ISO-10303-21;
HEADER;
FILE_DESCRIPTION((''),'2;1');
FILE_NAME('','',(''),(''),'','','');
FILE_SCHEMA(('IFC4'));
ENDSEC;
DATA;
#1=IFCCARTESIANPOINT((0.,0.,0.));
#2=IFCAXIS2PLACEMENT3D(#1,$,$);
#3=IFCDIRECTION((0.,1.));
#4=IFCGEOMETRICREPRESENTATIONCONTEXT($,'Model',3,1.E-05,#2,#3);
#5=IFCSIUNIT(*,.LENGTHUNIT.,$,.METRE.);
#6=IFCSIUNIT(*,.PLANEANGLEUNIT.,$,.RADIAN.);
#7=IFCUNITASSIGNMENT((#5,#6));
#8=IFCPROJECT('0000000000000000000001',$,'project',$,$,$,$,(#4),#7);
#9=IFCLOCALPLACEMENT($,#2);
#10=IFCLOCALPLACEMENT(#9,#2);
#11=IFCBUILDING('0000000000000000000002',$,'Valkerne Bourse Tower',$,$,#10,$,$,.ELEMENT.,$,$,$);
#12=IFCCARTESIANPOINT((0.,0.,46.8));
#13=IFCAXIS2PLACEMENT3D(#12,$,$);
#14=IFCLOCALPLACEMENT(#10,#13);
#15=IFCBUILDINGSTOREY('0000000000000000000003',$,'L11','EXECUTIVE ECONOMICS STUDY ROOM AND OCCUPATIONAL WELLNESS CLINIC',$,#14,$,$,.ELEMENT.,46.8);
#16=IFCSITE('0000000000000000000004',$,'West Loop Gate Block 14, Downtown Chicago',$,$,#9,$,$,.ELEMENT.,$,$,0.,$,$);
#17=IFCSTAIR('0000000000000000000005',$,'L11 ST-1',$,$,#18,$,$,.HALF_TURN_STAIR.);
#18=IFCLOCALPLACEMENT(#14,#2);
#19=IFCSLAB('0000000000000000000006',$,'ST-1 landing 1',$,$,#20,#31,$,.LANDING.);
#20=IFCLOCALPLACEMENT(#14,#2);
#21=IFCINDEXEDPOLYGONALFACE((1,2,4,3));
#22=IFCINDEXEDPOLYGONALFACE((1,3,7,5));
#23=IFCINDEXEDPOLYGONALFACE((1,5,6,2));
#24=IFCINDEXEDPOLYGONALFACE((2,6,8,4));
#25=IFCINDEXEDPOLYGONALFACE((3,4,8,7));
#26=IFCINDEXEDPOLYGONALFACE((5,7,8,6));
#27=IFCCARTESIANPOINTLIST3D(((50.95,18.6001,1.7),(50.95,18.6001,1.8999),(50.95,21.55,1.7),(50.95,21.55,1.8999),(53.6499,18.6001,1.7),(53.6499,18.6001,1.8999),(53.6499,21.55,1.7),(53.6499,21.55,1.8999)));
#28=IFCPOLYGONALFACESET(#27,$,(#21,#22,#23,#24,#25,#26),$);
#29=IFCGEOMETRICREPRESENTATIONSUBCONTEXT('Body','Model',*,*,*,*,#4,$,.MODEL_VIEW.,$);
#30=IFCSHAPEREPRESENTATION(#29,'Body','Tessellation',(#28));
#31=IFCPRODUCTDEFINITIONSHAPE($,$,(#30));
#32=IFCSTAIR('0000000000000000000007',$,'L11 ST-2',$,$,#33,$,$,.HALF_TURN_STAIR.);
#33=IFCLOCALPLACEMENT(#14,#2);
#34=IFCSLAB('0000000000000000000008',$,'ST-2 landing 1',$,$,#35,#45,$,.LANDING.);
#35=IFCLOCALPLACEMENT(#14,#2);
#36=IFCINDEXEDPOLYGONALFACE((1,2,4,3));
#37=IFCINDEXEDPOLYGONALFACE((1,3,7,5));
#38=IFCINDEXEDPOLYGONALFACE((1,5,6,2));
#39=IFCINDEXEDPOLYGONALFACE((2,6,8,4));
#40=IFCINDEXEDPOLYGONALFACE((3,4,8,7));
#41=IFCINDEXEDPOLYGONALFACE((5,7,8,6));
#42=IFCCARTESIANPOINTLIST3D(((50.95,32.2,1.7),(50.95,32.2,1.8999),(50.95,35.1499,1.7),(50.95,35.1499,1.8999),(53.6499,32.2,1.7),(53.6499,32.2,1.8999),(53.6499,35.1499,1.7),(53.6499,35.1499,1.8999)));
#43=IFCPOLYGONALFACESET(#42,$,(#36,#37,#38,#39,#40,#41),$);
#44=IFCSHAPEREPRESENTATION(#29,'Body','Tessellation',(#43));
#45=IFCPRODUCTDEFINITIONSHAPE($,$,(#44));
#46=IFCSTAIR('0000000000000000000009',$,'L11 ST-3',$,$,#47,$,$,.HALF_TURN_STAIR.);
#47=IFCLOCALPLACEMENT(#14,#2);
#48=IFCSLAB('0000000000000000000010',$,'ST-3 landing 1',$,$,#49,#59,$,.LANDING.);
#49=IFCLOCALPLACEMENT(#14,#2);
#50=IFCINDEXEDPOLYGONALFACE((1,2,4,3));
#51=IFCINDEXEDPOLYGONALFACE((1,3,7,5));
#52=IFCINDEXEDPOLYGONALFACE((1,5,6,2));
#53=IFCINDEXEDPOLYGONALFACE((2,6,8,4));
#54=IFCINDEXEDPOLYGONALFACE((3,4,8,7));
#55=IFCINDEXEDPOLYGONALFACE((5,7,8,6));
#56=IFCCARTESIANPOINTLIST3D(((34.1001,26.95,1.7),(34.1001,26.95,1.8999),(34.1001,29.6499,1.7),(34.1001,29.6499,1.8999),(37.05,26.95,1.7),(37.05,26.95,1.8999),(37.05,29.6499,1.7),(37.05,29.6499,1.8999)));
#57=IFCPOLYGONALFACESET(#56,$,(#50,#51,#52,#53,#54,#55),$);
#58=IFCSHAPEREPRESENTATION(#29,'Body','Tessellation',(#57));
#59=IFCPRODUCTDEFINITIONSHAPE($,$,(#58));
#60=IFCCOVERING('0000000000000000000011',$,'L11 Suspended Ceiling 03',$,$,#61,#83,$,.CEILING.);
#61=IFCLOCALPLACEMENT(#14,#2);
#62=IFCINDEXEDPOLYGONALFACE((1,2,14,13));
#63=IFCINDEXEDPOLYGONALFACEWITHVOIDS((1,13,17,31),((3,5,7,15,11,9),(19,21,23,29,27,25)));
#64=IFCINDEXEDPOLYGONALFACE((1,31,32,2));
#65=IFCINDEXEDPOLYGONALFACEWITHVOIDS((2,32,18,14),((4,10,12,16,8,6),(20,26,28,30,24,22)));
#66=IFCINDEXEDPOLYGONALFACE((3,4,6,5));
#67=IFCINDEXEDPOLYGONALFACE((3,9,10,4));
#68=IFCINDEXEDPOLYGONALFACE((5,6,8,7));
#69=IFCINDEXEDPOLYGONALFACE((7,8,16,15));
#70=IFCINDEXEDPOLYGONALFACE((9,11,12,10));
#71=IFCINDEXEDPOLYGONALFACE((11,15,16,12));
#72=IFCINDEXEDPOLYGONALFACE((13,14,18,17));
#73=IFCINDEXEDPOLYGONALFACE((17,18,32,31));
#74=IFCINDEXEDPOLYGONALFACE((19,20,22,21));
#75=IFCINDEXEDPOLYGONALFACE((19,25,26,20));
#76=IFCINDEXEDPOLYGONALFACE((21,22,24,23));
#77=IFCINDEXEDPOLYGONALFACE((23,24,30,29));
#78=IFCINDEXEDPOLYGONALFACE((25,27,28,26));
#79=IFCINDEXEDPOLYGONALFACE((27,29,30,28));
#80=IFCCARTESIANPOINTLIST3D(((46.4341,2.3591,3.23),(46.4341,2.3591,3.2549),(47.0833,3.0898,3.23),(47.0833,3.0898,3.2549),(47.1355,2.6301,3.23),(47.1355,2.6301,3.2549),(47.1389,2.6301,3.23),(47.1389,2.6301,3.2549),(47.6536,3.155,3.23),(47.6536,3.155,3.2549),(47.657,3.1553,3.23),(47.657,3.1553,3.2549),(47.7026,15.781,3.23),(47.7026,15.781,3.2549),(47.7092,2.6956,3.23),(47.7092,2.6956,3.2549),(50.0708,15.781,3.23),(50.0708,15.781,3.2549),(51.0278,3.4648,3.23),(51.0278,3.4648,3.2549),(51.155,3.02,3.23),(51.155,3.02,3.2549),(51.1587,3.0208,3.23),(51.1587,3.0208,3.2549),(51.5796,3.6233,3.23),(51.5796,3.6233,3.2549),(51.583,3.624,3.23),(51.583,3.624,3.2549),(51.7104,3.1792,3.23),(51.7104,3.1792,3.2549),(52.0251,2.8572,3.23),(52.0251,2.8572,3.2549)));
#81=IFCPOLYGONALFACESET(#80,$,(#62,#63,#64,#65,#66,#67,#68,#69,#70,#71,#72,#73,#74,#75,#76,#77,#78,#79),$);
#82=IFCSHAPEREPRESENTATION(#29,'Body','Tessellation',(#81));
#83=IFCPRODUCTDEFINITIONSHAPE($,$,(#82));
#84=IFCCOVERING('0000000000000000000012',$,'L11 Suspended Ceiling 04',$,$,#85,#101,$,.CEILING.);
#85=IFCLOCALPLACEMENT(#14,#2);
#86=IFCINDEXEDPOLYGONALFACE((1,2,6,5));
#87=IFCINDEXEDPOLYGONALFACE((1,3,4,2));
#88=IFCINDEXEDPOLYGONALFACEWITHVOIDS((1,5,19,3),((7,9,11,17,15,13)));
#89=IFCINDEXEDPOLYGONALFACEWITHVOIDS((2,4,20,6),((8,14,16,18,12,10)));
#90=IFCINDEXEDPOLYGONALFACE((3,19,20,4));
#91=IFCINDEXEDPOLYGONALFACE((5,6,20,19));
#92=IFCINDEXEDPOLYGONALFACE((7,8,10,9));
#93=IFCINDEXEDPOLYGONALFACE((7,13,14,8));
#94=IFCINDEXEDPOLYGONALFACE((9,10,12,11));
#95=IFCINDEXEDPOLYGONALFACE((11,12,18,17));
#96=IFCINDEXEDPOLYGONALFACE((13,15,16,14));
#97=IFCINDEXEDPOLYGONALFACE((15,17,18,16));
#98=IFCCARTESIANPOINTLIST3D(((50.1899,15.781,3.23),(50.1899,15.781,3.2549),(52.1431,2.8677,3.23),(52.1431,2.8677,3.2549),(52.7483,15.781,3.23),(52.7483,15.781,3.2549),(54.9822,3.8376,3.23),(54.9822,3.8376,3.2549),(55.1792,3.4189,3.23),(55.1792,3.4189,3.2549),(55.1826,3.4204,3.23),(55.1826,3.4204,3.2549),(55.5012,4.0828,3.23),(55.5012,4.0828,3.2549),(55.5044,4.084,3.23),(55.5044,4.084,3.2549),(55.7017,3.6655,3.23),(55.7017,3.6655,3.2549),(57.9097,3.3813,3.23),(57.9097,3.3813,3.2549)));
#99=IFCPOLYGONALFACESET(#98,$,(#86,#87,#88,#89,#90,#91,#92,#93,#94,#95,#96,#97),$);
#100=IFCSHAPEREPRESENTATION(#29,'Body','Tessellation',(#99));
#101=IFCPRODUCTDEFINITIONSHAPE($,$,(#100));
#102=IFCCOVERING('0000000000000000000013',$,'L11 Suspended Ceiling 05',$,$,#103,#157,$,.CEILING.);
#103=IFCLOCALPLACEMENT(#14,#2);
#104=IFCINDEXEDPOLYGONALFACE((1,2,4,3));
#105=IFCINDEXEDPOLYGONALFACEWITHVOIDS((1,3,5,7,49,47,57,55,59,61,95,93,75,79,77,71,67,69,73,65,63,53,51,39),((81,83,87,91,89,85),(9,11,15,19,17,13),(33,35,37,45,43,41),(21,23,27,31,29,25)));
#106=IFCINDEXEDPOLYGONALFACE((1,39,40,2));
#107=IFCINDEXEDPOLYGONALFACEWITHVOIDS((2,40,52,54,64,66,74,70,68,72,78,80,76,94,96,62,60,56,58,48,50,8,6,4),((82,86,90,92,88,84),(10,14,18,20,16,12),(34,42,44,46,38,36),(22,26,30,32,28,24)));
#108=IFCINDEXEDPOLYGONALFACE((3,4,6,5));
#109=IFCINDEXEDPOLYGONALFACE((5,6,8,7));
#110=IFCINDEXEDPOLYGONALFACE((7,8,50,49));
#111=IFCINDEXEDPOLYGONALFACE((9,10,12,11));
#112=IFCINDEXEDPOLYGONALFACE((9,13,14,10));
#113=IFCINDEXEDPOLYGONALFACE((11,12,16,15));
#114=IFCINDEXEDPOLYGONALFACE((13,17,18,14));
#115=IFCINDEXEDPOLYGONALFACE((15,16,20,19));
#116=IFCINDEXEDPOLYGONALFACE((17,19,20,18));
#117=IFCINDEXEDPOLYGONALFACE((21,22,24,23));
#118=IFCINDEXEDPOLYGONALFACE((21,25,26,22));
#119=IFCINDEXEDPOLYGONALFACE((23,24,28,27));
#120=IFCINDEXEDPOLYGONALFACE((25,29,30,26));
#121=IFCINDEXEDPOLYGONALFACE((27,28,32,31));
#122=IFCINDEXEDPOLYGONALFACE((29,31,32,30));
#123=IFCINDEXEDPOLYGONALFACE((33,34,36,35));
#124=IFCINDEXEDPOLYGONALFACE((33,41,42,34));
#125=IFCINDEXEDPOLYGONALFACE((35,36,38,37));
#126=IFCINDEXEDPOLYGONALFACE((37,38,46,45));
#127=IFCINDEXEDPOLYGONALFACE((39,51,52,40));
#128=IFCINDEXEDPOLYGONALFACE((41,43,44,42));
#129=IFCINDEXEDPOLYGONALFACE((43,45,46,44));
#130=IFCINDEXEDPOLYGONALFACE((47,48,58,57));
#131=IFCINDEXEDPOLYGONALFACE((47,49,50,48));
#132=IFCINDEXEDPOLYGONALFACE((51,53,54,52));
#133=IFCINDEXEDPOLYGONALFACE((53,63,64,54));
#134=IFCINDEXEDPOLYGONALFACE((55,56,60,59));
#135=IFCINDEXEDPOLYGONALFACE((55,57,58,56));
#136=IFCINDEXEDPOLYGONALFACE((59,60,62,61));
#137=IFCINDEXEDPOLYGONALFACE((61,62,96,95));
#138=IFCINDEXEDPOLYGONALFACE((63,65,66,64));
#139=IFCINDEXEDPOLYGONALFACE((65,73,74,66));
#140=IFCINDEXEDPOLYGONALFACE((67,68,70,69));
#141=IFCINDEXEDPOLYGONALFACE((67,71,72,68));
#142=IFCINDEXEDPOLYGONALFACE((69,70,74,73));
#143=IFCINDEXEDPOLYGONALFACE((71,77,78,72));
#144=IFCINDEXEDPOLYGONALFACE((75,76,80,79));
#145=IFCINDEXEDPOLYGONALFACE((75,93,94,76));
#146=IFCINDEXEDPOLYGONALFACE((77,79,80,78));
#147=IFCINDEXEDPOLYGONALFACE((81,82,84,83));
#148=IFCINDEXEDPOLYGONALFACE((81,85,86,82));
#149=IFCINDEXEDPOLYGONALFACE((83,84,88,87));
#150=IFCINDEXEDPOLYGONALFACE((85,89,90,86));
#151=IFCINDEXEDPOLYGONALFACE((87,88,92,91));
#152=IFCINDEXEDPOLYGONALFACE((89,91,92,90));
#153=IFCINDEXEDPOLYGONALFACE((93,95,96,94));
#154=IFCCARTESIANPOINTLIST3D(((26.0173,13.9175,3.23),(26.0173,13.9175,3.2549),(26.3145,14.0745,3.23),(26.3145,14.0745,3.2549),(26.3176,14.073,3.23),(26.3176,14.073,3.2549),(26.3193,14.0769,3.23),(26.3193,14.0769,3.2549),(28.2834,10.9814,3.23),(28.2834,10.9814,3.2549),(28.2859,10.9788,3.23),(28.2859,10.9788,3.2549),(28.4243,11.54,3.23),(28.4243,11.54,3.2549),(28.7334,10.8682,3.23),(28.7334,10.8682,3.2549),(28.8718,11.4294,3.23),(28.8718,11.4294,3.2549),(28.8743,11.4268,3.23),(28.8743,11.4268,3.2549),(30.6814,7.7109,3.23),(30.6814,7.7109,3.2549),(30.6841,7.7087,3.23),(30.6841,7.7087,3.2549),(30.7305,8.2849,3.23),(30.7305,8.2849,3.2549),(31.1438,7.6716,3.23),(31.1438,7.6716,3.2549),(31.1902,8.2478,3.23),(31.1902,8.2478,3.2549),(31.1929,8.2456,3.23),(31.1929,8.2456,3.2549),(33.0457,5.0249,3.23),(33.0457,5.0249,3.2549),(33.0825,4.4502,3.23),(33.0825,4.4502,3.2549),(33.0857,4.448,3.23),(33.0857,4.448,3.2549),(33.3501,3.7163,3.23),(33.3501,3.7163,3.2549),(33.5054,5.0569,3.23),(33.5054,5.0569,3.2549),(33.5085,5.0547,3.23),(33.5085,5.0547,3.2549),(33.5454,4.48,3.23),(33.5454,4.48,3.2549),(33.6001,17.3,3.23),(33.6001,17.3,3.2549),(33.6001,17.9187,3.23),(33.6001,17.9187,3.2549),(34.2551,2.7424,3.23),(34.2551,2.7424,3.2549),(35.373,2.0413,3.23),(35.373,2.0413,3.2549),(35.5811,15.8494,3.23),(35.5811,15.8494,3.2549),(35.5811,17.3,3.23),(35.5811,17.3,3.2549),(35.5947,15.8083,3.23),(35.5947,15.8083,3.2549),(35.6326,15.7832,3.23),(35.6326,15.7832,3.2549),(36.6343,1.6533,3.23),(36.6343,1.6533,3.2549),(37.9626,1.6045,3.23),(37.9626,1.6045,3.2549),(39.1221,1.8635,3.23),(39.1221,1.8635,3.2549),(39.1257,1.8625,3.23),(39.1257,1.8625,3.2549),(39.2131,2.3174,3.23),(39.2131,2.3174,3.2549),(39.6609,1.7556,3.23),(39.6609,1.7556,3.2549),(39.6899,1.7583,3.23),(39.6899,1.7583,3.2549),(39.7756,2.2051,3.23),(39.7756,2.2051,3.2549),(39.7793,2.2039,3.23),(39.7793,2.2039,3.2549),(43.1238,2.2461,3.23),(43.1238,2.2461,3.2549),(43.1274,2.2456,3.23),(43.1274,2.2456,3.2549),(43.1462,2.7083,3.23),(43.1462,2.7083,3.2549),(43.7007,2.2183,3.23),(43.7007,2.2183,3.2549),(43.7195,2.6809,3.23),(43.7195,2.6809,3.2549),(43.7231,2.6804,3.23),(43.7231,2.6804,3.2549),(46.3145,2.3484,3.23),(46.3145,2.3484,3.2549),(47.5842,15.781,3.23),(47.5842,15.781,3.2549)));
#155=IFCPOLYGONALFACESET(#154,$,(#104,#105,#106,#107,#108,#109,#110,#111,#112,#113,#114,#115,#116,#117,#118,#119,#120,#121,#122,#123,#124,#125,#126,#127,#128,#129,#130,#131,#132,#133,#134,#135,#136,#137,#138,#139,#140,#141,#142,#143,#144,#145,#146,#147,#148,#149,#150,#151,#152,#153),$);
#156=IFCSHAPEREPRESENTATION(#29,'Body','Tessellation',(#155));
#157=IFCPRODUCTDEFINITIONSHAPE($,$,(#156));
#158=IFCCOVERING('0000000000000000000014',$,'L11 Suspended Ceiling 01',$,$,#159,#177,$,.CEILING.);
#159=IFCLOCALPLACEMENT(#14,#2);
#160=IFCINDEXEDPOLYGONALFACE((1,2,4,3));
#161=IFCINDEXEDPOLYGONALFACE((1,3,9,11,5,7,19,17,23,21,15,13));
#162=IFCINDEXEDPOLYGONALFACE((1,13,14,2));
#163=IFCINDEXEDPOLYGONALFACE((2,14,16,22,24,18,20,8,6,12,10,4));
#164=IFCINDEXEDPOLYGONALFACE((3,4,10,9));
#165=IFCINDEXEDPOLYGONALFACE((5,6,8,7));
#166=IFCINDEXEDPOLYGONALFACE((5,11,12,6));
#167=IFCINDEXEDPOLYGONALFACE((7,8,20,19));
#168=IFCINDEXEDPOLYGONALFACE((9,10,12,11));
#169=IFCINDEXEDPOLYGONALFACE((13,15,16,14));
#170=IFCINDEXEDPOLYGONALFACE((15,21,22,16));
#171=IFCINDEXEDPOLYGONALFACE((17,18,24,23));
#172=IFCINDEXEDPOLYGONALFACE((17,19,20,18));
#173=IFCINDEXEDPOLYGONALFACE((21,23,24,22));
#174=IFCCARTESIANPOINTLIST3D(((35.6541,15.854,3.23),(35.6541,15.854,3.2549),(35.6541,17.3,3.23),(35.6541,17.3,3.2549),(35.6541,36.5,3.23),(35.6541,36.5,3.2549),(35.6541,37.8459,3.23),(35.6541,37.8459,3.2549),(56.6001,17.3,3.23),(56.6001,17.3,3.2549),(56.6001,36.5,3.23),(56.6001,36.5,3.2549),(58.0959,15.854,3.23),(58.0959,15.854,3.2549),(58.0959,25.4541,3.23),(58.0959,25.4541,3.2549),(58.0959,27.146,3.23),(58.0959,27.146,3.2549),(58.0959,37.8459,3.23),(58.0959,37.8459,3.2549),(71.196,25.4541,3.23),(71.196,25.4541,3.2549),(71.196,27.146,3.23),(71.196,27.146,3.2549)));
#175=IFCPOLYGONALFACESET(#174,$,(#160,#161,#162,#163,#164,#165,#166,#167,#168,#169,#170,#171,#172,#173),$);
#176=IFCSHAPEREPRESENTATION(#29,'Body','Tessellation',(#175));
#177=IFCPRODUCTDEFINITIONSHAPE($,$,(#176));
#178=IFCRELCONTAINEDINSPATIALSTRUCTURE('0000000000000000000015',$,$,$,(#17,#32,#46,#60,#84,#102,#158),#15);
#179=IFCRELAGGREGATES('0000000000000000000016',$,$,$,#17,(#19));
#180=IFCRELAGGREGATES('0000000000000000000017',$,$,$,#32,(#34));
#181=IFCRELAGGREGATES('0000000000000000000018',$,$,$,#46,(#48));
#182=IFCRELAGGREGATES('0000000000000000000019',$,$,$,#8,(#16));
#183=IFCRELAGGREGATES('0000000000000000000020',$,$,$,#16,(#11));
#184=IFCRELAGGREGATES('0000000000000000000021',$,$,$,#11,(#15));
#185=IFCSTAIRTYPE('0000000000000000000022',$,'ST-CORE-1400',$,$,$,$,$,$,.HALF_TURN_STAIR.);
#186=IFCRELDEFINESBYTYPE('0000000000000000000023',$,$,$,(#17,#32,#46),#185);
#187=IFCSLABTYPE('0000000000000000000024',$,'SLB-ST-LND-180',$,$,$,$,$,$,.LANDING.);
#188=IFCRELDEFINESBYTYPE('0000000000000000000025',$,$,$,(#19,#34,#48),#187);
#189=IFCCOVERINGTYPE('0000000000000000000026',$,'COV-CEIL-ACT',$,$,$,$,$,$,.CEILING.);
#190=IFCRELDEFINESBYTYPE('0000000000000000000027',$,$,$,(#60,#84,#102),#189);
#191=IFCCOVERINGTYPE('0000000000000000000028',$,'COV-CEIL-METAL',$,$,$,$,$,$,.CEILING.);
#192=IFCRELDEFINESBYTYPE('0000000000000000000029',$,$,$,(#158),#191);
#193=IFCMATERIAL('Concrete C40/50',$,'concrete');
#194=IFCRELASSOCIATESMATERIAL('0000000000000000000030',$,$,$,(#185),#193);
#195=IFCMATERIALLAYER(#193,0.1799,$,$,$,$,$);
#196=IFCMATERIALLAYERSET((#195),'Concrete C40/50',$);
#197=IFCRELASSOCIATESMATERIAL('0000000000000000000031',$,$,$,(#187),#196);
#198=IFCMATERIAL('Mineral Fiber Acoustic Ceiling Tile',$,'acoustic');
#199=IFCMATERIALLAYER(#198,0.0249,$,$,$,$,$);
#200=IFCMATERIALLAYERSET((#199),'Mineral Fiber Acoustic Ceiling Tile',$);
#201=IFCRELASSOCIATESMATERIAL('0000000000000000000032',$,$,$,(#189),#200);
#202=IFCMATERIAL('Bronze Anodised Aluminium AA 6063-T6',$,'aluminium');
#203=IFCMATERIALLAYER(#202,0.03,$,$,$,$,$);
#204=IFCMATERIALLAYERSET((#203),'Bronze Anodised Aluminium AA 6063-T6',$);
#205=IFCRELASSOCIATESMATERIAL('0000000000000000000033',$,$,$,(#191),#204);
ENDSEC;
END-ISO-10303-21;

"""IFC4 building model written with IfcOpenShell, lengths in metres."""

from ifc_helpers import new_model, si_unit, direction, frame, origin, place, context, subcontext, project, spatial, polyline, outline, extrude, material, layer, layer_set, type_object, element, aggregate, save


model = new_model("IFC4")

# Units and contexts
model_context = context("Model", 3, precision=1e-05, world=origin(), true_north=direction((0.0, 1.0)))
body_context = subcontext(model_context, "Body", "Model", "MODEL_VIEW")
ifc_project = project(units=[si_unit("LENGTHUNIT", "METRE"), si_unit("PLANEANGLEUNIT", "RADIAN")], contexts=[model_context])

# Site, building, storey
site_placement = place(None, origin())
site = spatial("IfcSite", under=ifc_project, at=site_placement, Name="West Loop Gate Block 14, Downtown Chicago", CompositionType="ELEMENT", RefElevation=0.0)
building_placement = place(site_placement, origin())
building = spatial("IfcBuilding", under=site, at=building_placement, Name="Valkerne Bourse Tower", CompositionType="ELEMENT")
storey_placement = place(building_placement, frame((0.0, 0.0, 46.8)))
storey = spatial("IfcBuildingStorey", under=building, at=storey_placement, Name="L11", Description="EXECUTIVE ECONOMICS STUDY ROOM AND OCCUPATIONAL WELLNESS CLINIC", CompositionType="ELEMENT", Elevation=46.8)

# Stairs, slabs
ifc_material_1 = material(Name="Concrete C40/50", Category="concrete")
stair_type = type_object("IfcStairType", Name="ST-CORE-1400", PredefinedType="HALF_TURN_STAIR", material=ifc_material_1)
stair_1_placement = place(storey_placement, origin())
stair_1 = element("IfcStair", 1, at=stair_1_placement, inside=storey, type_object=stair_type, Name="L11 ST-1", PredefinedType="HALF_TURN_STAIR")
ifc_layer_1 = layer(ifc_material_1, 0.1799)
ifc_layer_set_1 = layer_set([ifc_layer_1], Name="Concrete C40/50")
slab_type = type_object("IfcSlabType", Name="SLB-ST-LND-180", PredefinedType="LANDING", material=ifc_layer_set_1)
slab_1_placement = place(storey_placement, frame((0.0, 0.0, 1.7)))
slab_1 = element("IfcSlab", 2, at=slab_1_placement, type_object=slab_type, Name="ST-1 landing 1", PredefinedType="LANDING", context=body_context, shape_type="SweptSolid", body=[
    extrude(outline(polyline([(50.95, 18.6001), (53.6499, 18.6001), (53.6499, 21.55), (50.95, 21.55), (50.95, 18.6001)])), origin(), (0.0, 0.0, 1.0), 0.2),
])
aggregate(stair_1, [slab_1])
stair_2_placement = place(storey_placement, origin())
stair_2 = element("IfcStair", 3, at=stair_2_placement, inside=storey, type_object=stair_type, Name="L11 ST-2", PredefinedType="HALF_TURN_STAIR")
slab_2_placement = place(storey_placement, frame((0.0, 0.0, 1.7)))
slab_2 = element("IfcSlab", 4, at=slab_2_placement, type_object=slab_type, Name="ST-2 landing 1", PredefinedType="LANDING", context=body_context, shape_type="SweptSolid", body=[
    extrude(outline(polyline([(50.95, 32.2), (53.6499, 32.2), (53.6499, 35.1499), (50.95, 35.1499), (50.95, 32.2)])), origin(), (0.0, 0.0, 1.0), 0.2),
])
aggregate(stair_2, [slab_2])
stair_3_placement = place(storey_placement, origin())
stair_3 = element("IfcStair", 5, at=stair_3_placement, inside=storey, type_object=stair_type, Name="L11 ST-3", PredefinedType="HALF_TURN_STAIR")
slab_3_placement = place(storey_placement, frame((0.0, 0.0, 1.7)))
slab_3 = element("IfcSlab", 6, at=slab_3_placement, type_object=slab_type, Name="ST-3 landing 1", PredefinedType="LANDING", context=body_context, shape_type="SweptSolid", body=[
    extrude(outline(polyline([(37.05, 26.95), (37.05, 29.6499), (34.1001, 29.6499), (34.1001, 26.95), (37.05, 26.95)])), origin(), (0.0, 0.0, 1.0), 0.2),
])
aggregate(stair_3, [slab_3])

# Coverings
ifc_material_2 = material(Name="Mineral Fiber Acoustic Ceiling Tile", Category="acoustic")
ifc_layer_2 = layer(ifc_material_2, 0.0249)
ifc_layer_set_2 = layer_set([ifc_layer_2], Name="Mineral Fiber Acoustic Ceiling Tile")
covering_type_1 = type_object("IfcCoveringType", Name="COV-CEIL-ACT", PredefinedType="CEILING", material=ifc_layer_set_2)
covering_1_placement = place(storey_placement, frame((0.0, 0.0, 3.23)))
element("IfcCovering", 7, at=covering_1_placement, inside=storey, type_object=covering_type_1, Name="L11 Suspended Ceiling 03", PredefinedType="CEILING", context=body_context, shape_type="SweptSolid", body=[
    extrude(outline(polyline([(50.0708, 15.781), (52.0251, 2.8572), (46.4341, 2.3591), (47.7026, 15.781), (50.0708, 15.781)]), holes=[polyline([(47.1389, 2.6301), (47.7092, 2.6956), (47.657, 3.1553), (47.6536, 3.155), (47.0833, 3.0898), (47.1355, 2.6301), (47.1389, 2.6301)]), polyline([(51.1587, 3.0208), (51.7104, 3.1792), (51.583, 3.624), (51.5796, 3.6233), (51.0278, 3.4648), (51.155, 3.02), (51.1587, 3.0208)])]), origin(), (0.0, 0.0, 1.0), 0.0249),
])
covering_2_placement = place(storey_placement, frame((0.0, 0.0, 3.23)))
element("IfcCovering", 8, at=covering_2_placement, inside=storey, type_object=covering_type_1, Name="L11 Suspended Ceiling 04", PredefinedType="CEILING", context=body_context, shape_type="SweptSolid", body=[
    extrude(outline(polyline([(52.7483, 15.781), (57.9097, 3.3813), (52.1431, 2.8677), (50.1899, 15.781), (52.7483, 15.781)]), holes=[polyline([(55.7017, 3.6655), (55.5044, 4.084), (55.5012, 4.0828), (54.9822, 3.8376), (55.1792, 3.4189), (55.1826, 3.4204), (55.7017, 3.6655)])]), origin(), (0.0, 0.0, 1.0), 0.0249),
])
covering_3_placement = place(storey_placement, frame((0.0, 0.0, 3.23)))
element("IfcCovering", 9, at=covering_3_placement, inside=storey, type_object=covering_type_1, Name="L11 Suspended Ceiling 05", PredefinedType="CEILING", context=body_context, shape_type="SweptSolid", body=[
    extrude(outline(polyline([(35.373, 2.0413), (34.2551, 2.7424), (33.3501, 3.7163), (26.0173, 13.9175), (26.3145, 14.0745), (26.3176, 14.073), (26.3193, 14.0769), (33.6001, 17.9187), (33.6001, 17.3), (35.5811, 17.3), (35.5811, 15.8494), (35.5947, 15.8083), (35.6326, 15.7832), (47.5842, 15.781), (46.3145, 2.3484), (39.6899, 1.7583), (39.7793, 2.2039), (39.7756, 2.2051), (39.2131, 2.3174), (39.1221, 1.8635), (39.1257, 1.8625), (39.6609, 1.7556), (37.9626, 1.6045), (36.6343, 1.6533), (35.373, 2.0413)]), holes=[polyline([(33.5085, 5.0547), (33.5054, 5.0569), (33.0457, 5.0249), (33.0825, 4.4502), (33.0857, 4.448), (33.5454, 4.48), (33.5085, 5.0547)]), polyline([(31.1902, 8.2478), (30.7305, 8.2849), (30.6814, 7.7109), (30.6841, 7.7087), (31.1438, 7.6716), (31.1929, 8.2456), (31.1902, 8.2478)]), polyline([(28.8743, 11.4268), (28.8718, 11.4294), (28.4243, 11.54), (28.2834, 10.9814), (28.2859, 10.9788), (28.7334, 10.8682), (28.8743, 11.4268)]), polyline([(43.7195, 2.6809), (43.1462, 2.7083), (43.1238, 2.2461), (43.1274, 2.2456), (43.7007, 2.2183), (43.7231, 2.6804), (43.7195, 2.6809)])]), origin(), (0.0, 0.0, 1.0), 0.0249),
])
ifc_material_3 = material(Name="Bronze Anodised Aluminium AA 6063-T6", Category="aluminium")
ifc_layer_3 = layer(ifc_material_3, 0.03)
ifc_layer_set_3 = layer_set([ifc_layer_3], Name="Bronze Anodised Aluminium AA 6063-T6")
covering_type_2 = type_object("IfcCoveringType", Name="COV-CEIL-METAL", PredefinedType="CEILING", material=ifc_layer_set_3)
covering_4_placement = place(storey_placement, frame((0.0, 0.0, 3.23)))
element("IfcCovering", 10, at=covering_4_placement, inside=storey, type_object=covering_type_2, Name="L11 Suspended Ceiling 01", PredefinedType="CEILING", context=body_context, shape_type="SweptSolid", body=[
    extrude(outline(polyline([(71.196, 27.146), (71.196, 25.4541), (58.0959, 25.4541), (58.0959, 15.854), (35.6541, 15.854), (35.6541, 17.3), (56.6001, 17.3), (56.6001, 36.5), (35.6541, 36.5), (35.6541, 37.8459), (58.0959, 37.8459), (58.0959, 27.146), (71.196, 27.146)])), origin(), (0.0, 0.0, 1.0), 0.0249),
])

save(model, "model.ifc")
